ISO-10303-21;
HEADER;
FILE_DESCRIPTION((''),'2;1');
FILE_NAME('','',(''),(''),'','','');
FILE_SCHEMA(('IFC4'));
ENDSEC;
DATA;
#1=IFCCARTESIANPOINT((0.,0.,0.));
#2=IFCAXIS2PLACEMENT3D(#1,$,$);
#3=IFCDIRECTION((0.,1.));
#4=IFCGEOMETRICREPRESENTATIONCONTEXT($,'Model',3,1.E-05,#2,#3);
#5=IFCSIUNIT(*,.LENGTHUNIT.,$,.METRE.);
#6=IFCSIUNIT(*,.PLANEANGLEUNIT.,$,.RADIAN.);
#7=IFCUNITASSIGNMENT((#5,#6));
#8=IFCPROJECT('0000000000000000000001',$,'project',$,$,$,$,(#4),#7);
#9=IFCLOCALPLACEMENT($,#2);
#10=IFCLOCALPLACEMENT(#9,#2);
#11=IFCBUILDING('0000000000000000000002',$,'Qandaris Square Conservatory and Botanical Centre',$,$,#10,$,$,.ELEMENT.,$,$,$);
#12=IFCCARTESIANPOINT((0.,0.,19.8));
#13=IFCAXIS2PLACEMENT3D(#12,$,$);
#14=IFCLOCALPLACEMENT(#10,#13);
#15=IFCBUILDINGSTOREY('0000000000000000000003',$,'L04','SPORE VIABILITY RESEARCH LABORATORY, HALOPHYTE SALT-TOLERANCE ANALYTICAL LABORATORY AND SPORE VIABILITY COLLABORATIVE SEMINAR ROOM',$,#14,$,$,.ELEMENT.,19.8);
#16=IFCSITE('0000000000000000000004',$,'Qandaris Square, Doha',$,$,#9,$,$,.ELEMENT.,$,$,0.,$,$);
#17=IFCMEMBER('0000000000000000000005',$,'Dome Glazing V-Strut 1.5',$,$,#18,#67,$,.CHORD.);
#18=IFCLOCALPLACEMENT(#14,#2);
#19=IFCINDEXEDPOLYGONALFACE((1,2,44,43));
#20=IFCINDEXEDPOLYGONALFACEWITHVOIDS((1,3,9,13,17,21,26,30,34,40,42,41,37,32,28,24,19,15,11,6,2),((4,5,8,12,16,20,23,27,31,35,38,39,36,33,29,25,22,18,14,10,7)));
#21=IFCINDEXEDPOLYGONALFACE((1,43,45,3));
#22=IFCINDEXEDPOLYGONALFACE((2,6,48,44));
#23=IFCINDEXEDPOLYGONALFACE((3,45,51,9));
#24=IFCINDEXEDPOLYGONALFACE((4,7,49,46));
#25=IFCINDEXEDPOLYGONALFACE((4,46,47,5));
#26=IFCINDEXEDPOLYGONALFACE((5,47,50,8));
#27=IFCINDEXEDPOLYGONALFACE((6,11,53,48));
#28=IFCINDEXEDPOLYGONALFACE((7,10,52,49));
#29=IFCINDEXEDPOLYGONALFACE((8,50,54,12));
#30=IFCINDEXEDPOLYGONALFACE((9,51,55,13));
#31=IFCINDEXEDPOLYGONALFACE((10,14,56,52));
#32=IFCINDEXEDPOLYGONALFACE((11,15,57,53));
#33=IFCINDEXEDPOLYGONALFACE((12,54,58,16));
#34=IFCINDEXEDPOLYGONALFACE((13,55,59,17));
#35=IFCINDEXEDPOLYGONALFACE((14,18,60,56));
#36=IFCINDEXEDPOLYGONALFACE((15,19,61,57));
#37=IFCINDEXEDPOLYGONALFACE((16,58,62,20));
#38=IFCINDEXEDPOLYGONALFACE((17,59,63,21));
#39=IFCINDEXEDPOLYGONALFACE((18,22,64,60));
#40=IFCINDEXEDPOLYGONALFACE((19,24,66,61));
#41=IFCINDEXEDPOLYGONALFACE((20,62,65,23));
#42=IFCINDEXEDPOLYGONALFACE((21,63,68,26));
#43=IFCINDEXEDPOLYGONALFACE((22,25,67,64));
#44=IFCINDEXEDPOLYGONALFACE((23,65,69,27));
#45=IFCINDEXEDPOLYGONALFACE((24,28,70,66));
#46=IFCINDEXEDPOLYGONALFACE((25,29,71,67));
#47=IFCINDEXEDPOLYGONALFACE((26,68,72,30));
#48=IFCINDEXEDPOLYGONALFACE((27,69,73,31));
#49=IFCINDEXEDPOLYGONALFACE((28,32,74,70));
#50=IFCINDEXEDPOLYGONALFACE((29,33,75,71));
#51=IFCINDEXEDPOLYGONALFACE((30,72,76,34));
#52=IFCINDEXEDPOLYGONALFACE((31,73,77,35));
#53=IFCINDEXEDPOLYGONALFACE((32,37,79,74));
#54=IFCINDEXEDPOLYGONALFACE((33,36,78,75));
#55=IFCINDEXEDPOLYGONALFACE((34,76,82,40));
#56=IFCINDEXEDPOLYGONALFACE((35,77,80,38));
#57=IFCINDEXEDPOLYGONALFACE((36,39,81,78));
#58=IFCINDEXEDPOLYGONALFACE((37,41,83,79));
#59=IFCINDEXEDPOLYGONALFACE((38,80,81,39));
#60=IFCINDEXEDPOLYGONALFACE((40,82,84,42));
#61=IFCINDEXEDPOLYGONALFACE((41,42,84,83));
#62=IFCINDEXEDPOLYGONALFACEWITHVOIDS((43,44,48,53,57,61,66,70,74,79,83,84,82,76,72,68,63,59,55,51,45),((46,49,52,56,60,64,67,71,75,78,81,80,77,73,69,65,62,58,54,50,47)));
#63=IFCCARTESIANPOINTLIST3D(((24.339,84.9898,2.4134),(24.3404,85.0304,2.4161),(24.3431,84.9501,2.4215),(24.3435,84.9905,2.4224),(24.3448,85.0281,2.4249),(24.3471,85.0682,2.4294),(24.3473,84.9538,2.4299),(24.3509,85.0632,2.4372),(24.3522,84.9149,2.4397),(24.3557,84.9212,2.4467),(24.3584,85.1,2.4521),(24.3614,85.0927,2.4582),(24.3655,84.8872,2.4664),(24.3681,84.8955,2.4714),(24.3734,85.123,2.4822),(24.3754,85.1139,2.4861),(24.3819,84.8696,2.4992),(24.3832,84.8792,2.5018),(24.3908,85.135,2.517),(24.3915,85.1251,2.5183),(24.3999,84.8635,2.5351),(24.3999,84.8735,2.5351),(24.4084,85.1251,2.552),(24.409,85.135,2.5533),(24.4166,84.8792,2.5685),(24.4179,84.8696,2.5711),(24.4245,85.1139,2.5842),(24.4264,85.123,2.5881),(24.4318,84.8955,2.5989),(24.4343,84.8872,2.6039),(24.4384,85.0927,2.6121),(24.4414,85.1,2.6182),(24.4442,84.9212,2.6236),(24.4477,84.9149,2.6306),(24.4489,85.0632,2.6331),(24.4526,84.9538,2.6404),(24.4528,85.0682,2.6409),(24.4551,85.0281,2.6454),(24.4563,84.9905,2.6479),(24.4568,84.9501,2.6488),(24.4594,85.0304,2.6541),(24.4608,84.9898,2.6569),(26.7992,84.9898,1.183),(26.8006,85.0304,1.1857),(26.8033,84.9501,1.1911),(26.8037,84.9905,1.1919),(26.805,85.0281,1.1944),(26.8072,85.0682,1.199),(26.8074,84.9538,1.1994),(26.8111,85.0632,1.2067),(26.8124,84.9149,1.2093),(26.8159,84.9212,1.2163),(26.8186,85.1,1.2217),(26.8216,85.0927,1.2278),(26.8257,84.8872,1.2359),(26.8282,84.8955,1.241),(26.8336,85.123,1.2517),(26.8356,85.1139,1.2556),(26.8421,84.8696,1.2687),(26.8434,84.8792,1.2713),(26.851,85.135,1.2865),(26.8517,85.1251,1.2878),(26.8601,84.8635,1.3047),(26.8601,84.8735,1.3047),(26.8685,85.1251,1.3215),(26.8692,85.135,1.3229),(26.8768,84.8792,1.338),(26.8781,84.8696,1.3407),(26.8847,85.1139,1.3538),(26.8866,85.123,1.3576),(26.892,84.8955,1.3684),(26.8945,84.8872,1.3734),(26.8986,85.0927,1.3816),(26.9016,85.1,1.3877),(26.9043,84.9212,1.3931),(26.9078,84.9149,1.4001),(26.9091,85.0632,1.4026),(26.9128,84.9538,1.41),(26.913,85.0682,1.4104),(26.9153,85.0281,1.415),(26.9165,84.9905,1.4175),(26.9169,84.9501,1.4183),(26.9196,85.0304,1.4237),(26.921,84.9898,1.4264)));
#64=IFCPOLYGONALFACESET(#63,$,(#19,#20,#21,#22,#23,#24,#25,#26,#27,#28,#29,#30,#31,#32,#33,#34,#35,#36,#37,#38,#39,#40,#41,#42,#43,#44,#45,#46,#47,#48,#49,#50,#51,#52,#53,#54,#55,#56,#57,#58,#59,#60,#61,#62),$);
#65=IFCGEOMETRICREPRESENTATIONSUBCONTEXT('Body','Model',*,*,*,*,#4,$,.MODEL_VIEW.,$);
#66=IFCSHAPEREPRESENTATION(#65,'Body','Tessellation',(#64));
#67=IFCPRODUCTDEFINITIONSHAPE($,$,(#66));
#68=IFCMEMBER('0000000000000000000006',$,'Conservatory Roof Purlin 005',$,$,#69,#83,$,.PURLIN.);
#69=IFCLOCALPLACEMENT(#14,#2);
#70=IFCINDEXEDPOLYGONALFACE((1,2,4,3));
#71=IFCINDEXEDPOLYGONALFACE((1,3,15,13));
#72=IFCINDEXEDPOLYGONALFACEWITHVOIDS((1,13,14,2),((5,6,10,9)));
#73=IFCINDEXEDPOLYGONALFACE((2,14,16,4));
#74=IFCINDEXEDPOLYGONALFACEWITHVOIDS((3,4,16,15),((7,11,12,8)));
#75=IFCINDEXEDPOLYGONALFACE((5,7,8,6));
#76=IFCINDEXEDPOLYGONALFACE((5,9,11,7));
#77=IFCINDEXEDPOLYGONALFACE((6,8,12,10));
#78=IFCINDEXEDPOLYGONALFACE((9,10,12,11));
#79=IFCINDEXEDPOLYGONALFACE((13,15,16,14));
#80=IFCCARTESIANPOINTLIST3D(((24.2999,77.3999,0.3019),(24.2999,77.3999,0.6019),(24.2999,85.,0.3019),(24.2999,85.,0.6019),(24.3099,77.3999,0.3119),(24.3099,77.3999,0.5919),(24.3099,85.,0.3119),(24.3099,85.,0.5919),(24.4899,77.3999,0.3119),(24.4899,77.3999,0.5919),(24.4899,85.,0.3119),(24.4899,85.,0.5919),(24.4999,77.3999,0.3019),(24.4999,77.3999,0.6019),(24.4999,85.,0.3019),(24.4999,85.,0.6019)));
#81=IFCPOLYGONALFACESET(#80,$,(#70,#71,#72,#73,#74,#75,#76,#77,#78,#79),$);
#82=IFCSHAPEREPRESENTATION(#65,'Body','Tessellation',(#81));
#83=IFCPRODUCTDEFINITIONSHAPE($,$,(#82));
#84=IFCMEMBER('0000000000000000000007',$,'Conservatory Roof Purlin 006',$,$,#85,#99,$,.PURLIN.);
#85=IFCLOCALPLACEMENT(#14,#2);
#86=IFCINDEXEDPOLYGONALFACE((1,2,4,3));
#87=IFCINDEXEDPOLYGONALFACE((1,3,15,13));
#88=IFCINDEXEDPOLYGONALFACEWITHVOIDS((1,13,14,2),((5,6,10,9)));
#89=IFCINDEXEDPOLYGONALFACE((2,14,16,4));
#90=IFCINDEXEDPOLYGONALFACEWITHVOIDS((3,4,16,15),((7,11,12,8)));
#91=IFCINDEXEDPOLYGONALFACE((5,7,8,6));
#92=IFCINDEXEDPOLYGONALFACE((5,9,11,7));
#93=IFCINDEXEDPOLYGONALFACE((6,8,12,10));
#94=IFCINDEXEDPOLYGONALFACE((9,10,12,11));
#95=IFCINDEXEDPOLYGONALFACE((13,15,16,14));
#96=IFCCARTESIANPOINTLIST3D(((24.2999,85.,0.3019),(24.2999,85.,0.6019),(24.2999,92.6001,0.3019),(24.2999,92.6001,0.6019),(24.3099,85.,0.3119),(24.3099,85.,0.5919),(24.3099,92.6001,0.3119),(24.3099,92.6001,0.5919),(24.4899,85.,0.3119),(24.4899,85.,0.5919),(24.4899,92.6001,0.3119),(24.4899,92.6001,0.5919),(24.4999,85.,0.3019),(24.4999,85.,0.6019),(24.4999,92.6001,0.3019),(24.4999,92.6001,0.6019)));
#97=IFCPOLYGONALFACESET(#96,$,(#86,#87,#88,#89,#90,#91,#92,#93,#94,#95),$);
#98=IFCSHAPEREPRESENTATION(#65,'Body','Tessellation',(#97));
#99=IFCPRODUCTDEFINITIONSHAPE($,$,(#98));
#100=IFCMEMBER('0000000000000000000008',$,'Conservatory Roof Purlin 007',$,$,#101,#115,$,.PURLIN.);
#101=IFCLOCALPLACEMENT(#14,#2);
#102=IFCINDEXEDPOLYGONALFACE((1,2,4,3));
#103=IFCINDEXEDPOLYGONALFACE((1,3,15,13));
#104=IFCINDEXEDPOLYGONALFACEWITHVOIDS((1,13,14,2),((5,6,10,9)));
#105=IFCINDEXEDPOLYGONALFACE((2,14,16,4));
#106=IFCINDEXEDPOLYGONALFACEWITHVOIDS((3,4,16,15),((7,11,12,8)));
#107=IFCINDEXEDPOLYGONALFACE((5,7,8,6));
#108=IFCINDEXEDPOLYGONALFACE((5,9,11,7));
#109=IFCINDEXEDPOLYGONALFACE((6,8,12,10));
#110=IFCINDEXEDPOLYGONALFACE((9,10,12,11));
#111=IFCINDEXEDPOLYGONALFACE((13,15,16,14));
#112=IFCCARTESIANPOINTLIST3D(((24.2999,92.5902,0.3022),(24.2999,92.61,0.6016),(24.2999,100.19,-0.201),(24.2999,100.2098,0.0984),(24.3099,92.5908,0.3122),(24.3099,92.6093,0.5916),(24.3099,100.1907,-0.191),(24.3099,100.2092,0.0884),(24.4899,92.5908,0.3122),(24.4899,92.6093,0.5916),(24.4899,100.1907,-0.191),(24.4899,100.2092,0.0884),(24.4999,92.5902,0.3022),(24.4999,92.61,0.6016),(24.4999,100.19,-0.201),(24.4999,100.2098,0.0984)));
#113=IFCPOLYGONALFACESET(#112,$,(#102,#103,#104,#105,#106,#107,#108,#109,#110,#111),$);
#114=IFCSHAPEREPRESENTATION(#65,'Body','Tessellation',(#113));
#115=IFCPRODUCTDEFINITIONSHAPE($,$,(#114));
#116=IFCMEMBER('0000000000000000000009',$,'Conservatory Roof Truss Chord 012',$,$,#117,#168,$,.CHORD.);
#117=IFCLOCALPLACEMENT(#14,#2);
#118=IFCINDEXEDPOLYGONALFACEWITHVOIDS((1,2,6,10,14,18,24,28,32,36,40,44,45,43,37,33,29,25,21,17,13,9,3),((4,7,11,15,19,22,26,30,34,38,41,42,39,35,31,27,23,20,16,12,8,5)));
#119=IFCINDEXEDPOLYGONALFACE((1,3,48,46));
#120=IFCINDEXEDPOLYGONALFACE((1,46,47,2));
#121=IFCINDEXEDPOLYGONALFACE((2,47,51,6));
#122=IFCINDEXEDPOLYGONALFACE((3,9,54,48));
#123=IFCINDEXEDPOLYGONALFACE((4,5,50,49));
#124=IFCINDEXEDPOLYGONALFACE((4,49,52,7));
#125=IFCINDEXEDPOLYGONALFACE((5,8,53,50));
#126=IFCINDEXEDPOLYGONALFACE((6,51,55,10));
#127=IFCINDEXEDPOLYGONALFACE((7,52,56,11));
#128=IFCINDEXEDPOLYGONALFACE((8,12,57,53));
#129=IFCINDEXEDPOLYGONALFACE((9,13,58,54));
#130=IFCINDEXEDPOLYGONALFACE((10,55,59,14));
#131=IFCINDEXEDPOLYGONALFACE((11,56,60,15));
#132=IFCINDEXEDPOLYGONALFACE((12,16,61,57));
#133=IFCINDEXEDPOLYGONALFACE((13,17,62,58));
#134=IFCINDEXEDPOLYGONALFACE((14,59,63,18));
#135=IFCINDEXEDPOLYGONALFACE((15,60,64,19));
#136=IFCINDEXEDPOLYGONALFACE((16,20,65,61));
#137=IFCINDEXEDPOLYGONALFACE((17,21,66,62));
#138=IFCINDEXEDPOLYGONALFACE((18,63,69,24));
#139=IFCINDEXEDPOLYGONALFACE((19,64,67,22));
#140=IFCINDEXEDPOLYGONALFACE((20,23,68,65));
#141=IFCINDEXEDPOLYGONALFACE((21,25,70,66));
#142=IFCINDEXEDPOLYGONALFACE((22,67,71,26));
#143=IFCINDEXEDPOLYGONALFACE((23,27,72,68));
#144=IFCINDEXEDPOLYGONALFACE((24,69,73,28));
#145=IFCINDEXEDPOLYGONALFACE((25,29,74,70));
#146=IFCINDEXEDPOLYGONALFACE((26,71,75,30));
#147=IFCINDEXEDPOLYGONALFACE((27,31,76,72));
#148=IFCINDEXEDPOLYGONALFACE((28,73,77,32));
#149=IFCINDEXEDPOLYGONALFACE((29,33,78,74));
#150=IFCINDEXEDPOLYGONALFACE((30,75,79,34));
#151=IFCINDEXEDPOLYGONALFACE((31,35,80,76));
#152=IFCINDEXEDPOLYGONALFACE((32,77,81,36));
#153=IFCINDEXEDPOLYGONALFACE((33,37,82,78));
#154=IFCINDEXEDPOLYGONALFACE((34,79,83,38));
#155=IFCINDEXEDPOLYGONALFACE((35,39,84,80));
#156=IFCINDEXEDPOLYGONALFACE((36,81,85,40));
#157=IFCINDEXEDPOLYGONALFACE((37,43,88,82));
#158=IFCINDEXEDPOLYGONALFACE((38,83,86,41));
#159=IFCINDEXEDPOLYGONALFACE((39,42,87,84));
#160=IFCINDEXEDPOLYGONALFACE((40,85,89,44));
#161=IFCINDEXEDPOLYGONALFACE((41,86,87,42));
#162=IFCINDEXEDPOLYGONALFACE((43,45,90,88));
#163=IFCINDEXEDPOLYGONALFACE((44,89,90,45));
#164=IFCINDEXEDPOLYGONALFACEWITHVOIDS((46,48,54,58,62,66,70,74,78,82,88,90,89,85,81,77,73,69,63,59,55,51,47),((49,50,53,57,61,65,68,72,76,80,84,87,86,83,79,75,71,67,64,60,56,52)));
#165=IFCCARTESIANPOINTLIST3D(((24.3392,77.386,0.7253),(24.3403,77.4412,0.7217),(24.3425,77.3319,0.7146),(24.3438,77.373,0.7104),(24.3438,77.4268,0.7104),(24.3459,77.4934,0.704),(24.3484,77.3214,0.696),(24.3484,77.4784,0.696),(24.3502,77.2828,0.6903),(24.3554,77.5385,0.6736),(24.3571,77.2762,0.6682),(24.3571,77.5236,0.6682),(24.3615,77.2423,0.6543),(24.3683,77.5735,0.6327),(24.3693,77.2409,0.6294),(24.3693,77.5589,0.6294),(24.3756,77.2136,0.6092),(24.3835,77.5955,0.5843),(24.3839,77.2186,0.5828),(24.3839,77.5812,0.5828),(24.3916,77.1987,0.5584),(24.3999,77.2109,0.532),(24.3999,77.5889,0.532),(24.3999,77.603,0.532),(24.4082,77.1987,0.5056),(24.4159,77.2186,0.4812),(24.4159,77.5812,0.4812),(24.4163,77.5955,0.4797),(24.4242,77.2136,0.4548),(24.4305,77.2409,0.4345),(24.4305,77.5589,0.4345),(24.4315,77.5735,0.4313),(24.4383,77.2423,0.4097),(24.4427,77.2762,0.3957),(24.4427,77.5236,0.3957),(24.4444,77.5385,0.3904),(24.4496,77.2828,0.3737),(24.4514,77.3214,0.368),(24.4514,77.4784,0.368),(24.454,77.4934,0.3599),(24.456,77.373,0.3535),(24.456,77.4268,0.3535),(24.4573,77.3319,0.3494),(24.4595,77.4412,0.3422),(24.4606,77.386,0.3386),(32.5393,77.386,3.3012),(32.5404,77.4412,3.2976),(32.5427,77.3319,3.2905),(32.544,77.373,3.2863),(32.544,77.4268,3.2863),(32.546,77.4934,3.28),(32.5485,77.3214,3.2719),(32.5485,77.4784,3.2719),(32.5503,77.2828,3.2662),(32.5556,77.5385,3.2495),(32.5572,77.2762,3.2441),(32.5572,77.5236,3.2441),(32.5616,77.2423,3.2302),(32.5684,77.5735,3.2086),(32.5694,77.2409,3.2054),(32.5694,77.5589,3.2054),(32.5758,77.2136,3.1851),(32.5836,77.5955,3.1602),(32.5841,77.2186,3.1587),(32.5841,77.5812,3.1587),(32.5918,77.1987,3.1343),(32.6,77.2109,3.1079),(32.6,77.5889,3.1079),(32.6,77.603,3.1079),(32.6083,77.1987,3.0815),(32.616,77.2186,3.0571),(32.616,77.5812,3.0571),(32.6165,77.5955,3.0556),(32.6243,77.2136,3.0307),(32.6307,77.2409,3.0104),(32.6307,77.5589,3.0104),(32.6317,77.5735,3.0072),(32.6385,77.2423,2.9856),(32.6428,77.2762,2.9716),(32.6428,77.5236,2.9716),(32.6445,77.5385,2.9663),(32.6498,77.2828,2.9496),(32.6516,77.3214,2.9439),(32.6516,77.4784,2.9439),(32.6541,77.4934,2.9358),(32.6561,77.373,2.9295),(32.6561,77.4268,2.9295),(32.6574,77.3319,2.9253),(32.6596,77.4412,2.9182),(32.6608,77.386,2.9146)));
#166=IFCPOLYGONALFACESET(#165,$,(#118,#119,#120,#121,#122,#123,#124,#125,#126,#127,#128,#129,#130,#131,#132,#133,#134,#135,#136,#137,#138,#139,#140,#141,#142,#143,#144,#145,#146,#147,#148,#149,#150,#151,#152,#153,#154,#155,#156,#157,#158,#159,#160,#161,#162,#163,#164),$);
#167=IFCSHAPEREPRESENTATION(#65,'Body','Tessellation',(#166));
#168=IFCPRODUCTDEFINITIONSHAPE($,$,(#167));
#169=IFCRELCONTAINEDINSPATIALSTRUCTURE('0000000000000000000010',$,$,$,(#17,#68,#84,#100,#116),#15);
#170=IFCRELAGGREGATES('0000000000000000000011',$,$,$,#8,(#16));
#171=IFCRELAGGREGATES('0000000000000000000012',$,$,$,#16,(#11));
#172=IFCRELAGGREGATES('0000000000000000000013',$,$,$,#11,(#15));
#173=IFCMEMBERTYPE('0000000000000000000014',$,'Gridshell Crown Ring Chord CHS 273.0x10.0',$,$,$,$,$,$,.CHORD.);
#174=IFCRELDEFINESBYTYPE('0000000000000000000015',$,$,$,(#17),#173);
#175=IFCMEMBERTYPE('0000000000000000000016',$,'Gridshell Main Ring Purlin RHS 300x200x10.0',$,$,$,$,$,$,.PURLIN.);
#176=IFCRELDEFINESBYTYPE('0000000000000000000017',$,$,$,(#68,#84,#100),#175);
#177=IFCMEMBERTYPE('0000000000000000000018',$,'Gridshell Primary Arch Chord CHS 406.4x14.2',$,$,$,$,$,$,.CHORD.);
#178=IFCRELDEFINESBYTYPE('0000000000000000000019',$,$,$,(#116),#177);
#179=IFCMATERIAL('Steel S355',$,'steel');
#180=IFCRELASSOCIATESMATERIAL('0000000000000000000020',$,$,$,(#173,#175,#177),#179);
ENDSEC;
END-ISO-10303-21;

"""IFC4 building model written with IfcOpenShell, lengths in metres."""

from ifc_helpers import new_model, si_unit, direction, frame, origin, origin_2d, place, context, subcontext, project, spatial, hollow_rectangle, hollow_circle, extrude, material, material_profile, profile_set, type_object, element, save


model = new_model("IFC4")

# Units and contexts
model_context = context("Model", 3, precision=1e-05, world=origin(), true_north=direction((0.0, 1.0)))
body_context = subcontext(model_context, "Body", "Model", "MODEL_VIEW")
ifc_project = project(units=[si_unit("LENGTHUNIT", "METRE"), si_unit("PLANEANGLEUNIT", "RADIAN")], contexts=[model_context])

# Site, building, storey
site_placement = place(None, origin())
site = spatial("IfcSite", under=ifc_project, at=site_placement, Name="Qandaris Square, Doha", CompositionType="ELEMENT", RefElevation=0.0)
building_placement = place(site_placement, origin())
building = spatial("IfcBuilding", under=site, at=building_placement, Name="Qandaris Square Conservatory and Botanical Centre", CompositionType="ELEMENT")
storey_placement = place(building_placement, frame((0.0, 0.0, 19.8)))
storey = spatial("IfcBuildingStorey", under=building, at=storey_placement, Name="L04", Description="SPORE VIABILITY RESEARCH LABORATORY, HALOPHYTE SALT-TOLERANCE ANALYTICAL LABORATORY AND SPORE VIABILITY COLLABORATIVE SEMINAR ROOM", CompositionType="ELEMENT", Elevation=19.8)

# Members
ifc_material = material(Name="Steel S355", Category="steel")
ifc_material_profile_1 = material_profile(ifc_material, hollow_circle(Radius=0.1365, WallThickness=0.01, at=origin_2d()), Name="CHS 273.0x10.0")
ifc_profile_set_1 = profile_set([ifc_material_profile_1], Name="Steel S355")
member_type_1 = type_object("IfcMemberType", Name="Gridshell Crown Ring Chord CHS 273.0x10.0", PredefinedType="CHORD", material=ifc_profile_set_1)
for number, where, z_axis, x_axis, name in (
    (1, (26.8601, 85.0, 1.3047), (-0.894374, 0.0, 0.44732), (0.0, -1.0, 0.0), "Dome Glazing V-Strut 1.5"),
):
    element("IfcMember", number, at=place(storey_placement, frame(where, z_axis=z_axis, x_axis=x_axis)), inside=storey, type_object=member_type_1, Name=name, PredefinedType="CHORD", context=body_context, shape_type="SweptSolid", body=[
        extrude(hollow_circle(Radius=0.1365, WallThickness=0.01, at=origin_2d()), origin(), (0.0, 0.0, 1.0), 2.7507),
    ])
ifc_material_profile_2 = material_profile(ifc_material, hollow_rectangle(XDim=0.2, YDim=0.3, WallThickness=0.01, at=origin_2d()), Name="RHS 300x200x10.0")
ifc_profile_set_2 = profile_set([ifc_material_profile_2], Name="Steel S355")
member_type_2 = type_object("IfcMemberType", Name="Gridshell Main Ring Purlin RHS 300x200x10.0", PredefinedType="PURLIN", material=ifc_profile_set_2)
for number, where, z_axis, x_axis, name in (
    (2, (24.3999, 77.3999, 0.4519), (0.0, 1.0, 0.0), (-1.0, 0.0, 0.0), "Conservatory Roof Purlin 005"),
    (3, (24.3999, 85.0, 0.4519), (0.0, 1.0, 0.0), (-1.0, 0.0, 0.0), "Conservatory Roof Purlin 006"),
):
    element("IfcMember", number, at=place(storey_placement, frame(where, z_axis=z_axis, x_axis=x_axis)), inside=storey, type_object=member_type_2, Name=name, PredefinedType="PURLIN", context=body_context, shape_type="SweptSolid", body=[
        extrude(hollow_rectangle(XDim=0.2, YDim=0.3, WallThickness=0.01, at=origin_2d()), origin(), (0.0, 0.0, 1.0), 7.6001),
    ])
member_1_placement = place(storey_placement, frame((24.3999, 92.6001, 0.4519), z_axis=(0.0, 0.997815, -0.066064), x_axis=(-1.0, 0.0, 0.0)))
element("IfcMember", 4, at=member_1_placement, inside=storey, type_object=member_type_2, Name="Conservatory Roof Purlin 007", PredefinedType="PURLIN", context=body_context, shape_type="SweptSolid", body=[
    extrude(hollow_rectangle(XDim=0.2, YDim=0.3, WallThickness=0.01, at=origin_2d()), origin(), (0.0, 0.0, 1.0), 7.6165),
])
ifc_material_profile_3 = material_profile(ifc_material, hollow_circle(Radius=0.2031, WallThickness=0.0142, at=origin_2d()), Name="CHS 406.4x14.2")
ifc_profile_set_3 = profile_set([ifc_material_profile_3], Name="Steel S355")
member_type_3 = type_object("IfcMemberType", Name="Gridshell Primary Arch Chord CHS 406.4x14.2", PredefinedType="CHORD", material=ifc_profile_set_3)
for number, where, z_axis, x_axis, name in (
    (5, (24.3999, 77.3999, 0.532), (0.954036, 0.0, 0.299691), (0.0, 1.0, 0.0), "Conservatory Roof Truss Chord 012"),
):
    element("IfcMember", number, at=place(storey_placement, frame(where, z_axis=z_axis, x_axis=x_axis)), inside=storey, type_object=member_type_3, Name=name, PredefinedType="CHORD", context=body_context, shape_type="SweptSolid", body=[
        extrude(hollow_circle(Radius=0.2031, WallThickness=0.0142, at=origin_2d()), origin(), (0.0, 0.0, 1.0), 8.5952),
    ])

save(model, "model.ifc")
